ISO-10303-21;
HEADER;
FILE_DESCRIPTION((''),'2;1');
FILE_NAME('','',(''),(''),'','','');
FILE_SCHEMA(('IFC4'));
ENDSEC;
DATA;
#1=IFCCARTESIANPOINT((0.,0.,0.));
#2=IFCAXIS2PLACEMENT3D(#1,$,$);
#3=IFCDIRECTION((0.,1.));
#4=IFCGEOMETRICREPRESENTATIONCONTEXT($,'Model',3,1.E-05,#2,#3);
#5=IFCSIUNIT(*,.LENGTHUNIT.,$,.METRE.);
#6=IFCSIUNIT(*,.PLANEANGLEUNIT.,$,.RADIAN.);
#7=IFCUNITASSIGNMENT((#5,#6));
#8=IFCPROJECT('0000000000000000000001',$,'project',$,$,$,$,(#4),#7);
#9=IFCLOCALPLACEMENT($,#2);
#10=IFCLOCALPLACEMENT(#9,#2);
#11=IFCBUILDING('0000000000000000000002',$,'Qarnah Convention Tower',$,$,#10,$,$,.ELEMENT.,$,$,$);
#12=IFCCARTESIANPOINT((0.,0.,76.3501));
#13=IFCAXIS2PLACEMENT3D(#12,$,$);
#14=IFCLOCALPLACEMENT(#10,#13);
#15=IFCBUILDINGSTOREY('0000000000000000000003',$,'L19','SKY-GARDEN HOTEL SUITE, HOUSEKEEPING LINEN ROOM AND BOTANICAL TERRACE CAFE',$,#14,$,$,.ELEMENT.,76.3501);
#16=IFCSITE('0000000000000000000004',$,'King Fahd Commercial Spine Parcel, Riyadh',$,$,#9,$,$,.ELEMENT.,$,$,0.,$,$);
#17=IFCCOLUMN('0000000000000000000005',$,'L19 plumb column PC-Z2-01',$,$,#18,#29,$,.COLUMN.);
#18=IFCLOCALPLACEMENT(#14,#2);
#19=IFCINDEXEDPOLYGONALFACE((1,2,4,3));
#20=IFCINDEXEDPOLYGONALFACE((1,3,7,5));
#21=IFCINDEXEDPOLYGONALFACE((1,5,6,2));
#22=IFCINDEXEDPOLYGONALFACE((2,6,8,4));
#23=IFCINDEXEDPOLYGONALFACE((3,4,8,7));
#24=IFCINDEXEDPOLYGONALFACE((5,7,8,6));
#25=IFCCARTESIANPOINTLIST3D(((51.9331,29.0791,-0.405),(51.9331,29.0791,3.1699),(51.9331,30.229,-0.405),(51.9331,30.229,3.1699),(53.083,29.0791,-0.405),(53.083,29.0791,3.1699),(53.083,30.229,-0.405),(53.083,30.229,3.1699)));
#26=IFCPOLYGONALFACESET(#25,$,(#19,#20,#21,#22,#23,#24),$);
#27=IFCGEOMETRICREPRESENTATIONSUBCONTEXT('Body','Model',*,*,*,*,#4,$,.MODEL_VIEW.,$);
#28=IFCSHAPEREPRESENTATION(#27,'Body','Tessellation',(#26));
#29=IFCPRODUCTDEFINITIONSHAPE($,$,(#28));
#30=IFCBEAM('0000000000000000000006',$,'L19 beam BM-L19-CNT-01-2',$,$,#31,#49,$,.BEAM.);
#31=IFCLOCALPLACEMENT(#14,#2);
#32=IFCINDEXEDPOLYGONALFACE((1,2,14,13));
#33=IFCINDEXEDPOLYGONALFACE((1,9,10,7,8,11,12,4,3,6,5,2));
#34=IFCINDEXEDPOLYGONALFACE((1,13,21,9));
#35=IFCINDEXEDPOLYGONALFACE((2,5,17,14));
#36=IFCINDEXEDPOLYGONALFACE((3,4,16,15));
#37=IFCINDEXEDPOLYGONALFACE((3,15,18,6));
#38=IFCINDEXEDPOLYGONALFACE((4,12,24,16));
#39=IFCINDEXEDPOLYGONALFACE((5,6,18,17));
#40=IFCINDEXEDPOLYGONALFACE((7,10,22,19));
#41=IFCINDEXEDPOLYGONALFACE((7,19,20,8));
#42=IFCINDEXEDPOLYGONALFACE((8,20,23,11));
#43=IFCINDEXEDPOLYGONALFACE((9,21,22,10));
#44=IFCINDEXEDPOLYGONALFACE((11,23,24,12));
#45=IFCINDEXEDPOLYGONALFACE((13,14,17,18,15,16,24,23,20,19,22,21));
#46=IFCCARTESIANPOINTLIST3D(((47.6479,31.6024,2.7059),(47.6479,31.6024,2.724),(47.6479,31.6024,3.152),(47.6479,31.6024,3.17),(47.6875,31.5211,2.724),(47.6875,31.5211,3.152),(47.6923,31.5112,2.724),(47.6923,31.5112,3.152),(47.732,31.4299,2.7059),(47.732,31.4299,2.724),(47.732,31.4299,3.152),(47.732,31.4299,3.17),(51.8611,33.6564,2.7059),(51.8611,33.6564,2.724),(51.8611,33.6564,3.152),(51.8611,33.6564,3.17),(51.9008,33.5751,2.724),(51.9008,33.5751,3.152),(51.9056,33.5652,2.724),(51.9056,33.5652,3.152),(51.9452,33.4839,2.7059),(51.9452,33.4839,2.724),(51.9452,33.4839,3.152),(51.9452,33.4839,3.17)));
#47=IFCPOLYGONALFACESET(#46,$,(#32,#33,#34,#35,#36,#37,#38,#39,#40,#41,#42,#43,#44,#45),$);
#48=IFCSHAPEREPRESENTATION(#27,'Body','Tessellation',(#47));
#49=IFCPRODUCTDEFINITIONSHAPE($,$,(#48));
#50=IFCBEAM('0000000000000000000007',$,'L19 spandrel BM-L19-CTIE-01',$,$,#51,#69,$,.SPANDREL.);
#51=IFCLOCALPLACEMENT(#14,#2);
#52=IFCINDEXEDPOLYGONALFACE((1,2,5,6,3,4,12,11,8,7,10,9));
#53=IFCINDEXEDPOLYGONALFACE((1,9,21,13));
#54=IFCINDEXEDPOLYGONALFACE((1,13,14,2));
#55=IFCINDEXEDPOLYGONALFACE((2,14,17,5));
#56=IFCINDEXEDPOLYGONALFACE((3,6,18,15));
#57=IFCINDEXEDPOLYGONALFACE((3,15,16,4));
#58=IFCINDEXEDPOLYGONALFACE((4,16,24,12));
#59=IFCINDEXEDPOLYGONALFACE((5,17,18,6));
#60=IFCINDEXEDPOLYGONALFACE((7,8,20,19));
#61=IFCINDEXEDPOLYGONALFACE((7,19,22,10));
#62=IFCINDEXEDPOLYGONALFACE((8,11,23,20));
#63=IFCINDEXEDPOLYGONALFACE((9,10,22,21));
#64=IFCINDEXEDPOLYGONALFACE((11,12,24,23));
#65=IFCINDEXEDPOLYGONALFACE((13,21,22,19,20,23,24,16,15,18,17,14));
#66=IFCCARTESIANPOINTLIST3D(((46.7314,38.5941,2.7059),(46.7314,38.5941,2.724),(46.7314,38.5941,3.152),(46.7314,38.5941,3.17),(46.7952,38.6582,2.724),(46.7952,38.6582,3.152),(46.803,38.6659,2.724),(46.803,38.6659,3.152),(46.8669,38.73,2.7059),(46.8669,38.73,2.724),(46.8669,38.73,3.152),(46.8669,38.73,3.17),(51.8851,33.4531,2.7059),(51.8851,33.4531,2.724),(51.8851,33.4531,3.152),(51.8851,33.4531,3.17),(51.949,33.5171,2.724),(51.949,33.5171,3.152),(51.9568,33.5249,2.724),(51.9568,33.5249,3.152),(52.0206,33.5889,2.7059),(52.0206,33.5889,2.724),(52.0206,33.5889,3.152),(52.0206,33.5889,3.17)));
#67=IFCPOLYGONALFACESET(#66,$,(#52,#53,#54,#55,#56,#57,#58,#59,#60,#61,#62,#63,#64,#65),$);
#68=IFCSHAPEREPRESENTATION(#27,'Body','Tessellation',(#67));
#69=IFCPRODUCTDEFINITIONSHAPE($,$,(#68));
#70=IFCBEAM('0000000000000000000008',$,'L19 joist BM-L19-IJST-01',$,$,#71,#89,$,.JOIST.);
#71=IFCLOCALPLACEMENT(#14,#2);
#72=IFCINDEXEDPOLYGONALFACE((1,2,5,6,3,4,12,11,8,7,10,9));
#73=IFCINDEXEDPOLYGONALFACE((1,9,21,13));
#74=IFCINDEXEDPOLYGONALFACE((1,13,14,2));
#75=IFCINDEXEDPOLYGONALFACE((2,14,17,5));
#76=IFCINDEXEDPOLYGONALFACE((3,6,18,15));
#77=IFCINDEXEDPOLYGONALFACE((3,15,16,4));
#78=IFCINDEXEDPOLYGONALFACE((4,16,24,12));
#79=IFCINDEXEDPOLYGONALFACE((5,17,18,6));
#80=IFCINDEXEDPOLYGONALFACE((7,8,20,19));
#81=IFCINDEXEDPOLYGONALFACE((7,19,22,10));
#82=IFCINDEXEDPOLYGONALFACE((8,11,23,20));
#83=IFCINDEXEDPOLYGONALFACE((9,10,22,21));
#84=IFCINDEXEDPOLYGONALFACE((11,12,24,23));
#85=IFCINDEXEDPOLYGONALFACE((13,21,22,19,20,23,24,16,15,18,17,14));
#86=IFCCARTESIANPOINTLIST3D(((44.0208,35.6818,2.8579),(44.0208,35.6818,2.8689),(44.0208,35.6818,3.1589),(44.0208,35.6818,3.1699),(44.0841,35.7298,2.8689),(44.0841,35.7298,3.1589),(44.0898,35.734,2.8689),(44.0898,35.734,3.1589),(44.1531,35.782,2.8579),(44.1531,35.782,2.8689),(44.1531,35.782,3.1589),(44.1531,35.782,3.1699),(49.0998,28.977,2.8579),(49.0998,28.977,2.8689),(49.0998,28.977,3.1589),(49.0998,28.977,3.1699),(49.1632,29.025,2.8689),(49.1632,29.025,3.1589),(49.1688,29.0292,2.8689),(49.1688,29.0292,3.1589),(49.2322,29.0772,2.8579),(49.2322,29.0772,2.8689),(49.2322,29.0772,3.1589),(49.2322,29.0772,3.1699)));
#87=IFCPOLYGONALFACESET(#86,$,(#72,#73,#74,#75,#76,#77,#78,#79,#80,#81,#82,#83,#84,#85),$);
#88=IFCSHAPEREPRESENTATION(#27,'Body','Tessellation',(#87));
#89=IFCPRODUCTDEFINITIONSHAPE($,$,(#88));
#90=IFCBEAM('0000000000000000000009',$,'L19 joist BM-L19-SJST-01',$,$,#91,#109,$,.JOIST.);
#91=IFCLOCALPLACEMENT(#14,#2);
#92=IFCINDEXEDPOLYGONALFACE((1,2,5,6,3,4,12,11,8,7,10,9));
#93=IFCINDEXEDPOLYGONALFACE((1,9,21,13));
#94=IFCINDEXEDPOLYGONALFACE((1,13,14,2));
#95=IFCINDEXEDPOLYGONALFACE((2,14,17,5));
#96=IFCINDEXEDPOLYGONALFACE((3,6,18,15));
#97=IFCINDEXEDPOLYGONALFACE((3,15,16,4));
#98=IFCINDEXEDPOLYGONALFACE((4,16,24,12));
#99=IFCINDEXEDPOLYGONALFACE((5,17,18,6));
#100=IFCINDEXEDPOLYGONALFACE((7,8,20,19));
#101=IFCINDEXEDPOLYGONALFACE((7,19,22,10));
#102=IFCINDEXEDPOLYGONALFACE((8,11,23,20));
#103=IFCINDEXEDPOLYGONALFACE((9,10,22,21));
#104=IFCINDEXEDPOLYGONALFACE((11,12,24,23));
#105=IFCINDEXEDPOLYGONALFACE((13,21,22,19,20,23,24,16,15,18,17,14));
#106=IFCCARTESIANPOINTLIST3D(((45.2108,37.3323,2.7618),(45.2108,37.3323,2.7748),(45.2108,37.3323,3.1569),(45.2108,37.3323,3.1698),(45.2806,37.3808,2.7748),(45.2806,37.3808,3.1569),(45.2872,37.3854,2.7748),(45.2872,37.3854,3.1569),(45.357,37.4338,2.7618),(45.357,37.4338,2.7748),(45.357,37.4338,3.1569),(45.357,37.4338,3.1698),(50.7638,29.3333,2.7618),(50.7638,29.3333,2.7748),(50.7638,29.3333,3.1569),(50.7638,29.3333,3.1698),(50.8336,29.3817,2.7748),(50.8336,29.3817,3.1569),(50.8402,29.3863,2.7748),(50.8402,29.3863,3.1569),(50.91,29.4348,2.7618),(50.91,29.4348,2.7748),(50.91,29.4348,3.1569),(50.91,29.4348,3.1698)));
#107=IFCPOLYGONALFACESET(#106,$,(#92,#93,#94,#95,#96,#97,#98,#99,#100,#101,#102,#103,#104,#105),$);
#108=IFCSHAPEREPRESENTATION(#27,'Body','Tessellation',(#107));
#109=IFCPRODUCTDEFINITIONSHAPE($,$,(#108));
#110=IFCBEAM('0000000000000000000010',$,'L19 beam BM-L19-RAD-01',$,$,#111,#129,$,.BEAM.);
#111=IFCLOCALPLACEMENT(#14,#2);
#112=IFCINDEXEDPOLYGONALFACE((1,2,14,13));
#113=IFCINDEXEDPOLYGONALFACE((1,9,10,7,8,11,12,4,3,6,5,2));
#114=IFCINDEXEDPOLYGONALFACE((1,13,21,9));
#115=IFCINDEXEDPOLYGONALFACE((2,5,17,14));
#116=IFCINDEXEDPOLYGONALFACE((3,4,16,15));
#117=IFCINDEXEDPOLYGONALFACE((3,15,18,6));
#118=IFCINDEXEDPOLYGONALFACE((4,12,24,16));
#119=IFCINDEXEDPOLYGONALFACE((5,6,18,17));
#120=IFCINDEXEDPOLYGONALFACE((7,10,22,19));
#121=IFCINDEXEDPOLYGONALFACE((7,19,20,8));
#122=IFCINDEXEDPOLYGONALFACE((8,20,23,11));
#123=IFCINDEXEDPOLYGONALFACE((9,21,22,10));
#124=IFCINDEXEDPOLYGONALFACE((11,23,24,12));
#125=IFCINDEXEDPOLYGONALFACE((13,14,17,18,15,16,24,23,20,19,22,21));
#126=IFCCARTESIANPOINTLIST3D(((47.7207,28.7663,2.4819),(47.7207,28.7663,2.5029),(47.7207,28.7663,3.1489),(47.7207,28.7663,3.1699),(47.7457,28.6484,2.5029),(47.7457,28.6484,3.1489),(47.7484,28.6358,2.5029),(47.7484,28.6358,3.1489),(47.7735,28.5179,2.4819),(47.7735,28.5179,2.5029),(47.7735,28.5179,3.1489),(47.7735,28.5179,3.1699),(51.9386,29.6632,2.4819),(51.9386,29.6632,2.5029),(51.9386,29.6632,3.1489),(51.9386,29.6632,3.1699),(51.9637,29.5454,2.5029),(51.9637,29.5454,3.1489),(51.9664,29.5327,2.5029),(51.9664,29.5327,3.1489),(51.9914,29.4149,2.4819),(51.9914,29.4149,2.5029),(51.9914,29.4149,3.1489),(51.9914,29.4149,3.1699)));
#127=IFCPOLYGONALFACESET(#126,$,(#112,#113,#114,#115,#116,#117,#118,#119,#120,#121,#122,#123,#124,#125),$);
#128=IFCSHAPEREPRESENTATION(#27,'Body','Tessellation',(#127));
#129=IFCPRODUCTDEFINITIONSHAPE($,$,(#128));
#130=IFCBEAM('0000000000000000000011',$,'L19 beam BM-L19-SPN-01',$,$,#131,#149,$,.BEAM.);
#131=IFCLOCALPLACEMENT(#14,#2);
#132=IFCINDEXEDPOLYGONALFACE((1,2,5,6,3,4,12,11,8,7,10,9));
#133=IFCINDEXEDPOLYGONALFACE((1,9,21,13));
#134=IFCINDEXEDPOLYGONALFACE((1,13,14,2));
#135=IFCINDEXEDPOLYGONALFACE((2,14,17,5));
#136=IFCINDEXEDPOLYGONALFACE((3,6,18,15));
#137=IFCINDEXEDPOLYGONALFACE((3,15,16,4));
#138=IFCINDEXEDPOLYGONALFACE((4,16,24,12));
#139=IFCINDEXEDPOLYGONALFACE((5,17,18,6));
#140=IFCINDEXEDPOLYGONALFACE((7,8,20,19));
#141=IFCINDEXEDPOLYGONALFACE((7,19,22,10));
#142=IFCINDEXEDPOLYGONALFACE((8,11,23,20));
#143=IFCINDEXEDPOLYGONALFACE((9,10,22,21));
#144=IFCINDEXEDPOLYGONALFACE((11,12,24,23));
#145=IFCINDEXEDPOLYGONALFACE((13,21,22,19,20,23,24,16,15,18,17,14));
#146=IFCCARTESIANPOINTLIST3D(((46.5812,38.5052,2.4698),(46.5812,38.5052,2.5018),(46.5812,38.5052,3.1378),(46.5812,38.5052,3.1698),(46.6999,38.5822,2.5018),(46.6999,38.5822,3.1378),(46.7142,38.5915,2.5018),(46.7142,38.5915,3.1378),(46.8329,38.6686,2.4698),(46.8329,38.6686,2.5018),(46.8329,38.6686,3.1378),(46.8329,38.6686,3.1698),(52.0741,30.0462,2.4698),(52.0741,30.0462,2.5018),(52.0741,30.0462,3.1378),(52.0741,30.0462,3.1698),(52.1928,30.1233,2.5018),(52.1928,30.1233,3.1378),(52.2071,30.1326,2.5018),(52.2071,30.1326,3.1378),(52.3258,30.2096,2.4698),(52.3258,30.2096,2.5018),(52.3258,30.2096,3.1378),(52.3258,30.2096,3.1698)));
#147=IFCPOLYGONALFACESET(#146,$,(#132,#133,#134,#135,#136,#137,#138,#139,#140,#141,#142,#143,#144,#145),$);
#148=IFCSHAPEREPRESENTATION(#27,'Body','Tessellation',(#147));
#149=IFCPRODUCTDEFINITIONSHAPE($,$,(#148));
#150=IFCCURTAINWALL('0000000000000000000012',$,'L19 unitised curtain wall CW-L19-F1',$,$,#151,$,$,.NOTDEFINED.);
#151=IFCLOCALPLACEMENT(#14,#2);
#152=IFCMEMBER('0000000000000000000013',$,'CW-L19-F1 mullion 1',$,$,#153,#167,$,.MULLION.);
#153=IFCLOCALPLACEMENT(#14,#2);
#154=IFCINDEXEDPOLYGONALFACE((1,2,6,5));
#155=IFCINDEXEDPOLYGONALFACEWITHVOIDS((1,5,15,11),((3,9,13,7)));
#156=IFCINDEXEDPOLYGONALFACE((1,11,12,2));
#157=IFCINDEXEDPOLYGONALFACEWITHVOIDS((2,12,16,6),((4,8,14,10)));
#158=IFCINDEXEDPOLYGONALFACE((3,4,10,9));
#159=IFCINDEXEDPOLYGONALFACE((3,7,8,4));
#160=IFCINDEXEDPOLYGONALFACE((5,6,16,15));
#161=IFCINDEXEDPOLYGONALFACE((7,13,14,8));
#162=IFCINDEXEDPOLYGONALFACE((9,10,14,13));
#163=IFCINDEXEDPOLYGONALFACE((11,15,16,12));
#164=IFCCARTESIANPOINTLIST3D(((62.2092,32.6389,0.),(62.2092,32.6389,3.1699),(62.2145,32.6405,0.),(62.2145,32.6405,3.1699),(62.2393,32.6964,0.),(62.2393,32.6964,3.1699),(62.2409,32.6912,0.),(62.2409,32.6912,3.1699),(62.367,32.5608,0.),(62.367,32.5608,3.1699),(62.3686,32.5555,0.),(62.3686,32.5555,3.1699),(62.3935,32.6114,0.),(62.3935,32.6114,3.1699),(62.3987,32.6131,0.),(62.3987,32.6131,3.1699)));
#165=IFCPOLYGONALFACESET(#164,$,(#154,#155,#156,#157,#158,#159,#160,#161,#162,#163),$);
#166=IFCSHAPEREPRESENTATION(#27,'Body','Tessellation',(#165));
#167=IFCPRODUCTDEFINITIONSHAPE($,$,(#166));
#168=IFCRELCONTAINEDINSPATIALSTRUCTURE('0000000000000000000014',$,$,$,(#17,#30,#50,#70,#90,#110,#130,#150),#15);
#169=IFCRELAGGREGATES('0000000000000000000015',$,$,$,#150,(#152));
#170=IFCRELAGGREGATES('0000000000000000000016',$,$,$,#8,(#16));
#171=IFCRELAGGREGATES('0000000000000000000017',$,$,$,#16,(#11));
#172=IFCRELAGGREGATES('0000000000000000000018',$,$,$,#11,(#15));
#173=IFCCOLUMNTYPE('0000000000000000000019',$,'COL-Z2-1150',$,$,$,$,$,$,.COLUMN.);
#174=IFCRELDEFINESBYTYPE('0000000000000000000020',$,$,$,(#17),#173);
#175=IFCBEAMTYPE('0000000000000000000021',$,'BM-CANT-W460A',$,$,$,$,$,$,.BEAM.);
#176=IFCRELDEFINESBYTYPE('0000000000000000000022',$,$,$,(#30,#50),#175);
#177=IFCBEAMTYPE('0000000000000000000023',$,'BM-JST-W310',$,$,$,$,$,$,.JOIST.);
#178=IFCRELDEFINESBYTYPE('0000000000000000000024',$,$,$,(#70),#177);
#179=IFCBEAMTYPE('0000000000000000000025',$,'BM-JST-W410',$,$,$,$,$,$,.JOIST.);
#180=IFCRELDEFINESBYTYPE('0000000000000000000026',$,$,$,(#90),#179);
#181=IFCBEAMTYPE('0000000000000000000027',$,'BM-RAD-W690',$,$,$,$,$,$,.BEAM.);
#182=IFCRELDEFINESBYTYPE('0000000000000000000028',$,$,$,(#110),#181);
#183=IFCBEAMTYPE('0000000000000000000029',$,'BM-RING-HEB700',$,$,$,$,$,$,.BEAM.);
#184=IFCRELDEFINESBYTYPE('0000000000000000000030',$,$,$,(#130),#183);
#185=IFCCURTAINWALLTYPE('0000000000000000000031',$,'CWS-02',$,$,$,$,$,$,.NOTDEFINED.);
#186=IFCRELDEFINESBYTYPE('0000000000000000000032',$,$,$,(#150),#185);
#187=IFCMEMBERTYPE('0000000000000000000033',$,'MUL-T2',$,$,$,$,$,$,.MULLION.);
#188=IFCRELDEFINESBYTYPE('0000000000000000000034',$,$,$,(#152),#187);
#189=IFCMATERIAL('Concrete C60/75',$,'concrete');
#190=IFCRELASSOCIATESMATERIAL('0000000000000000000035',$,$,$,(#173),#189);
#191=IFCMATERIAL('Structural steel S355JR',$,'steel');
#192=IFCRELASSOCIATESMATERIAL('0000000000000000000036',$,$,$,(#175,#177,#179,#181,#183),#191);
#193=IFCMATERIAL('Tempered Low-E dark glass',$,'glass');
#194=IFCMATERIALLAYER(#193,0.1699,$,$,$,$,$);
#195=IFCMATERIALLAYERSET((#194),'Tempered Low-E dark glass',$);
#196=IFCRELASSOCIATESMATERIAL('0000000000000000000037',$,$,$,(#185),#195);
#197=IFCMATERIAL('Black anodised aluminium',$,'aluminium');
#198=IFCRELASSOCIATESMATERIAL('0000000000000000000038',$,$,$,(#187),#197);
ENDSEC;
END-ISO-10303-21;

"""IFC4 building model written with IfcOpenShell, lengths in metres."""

from ifc_helpers import new_model, si_unit, direction, frame, origin, origin_2d, place, context, subcontext, project, spatial, rectangle, hollow_rectangle, i_section, extrude, material, layer, layer_set, material_profile, profile_set, type_object, element, aggregate, save


model = new_model("IFC4")

# Units and contexts
model_context = context("Model", 3, precision=1e-05, world=origin(), true_north=direction((0.0, 1.0)))
body_context = subcontext(model_context, "Body", "Model", "MODEL_VIEW")
ifc_project = project(units=[si_unit("LENGTHUNIT", "METRE"), si_unit("PLANEANGLEUNIT", "RADIAN")], contexts=[model_context])

# Site, building, storey
site_placement = place(None, origin())
site = spatial("IfcSite", under=ifc_project, at=site_placement, Name="King Fahd Commercial Spine Parcel, Riyadh", CompositionType="ELEMENT", RefElevation=0.0)
building_placement = place(site_placement, origin())
building = spatial("IfcBuilding", under=site, at=building_placement, Name="Qarnah Convention Tower", CompositionType="ELEMENT")
storey_placement = place(building_placement, frame((0.0, 0.0, 76.3501)))
storey = spatial("IfcBuildingStorey", under=building, at=storey_placement, Name="L19", Description="SKY-GARDEN HOTEL SUITE, HOUSEKEEPING LINEN ROOM AND BOTANICAL TERRACE CAFE", CompositionType="ELEMENT", Elevation=76.3501)

# Column
ifc_material_1 = material(Name="Concrete C60/75", Category="concrete")
ifc_material_profile_1 = material_profile(ifc_material_1, rectangle(XDim=1.1499, YDim=1.1499, at=origin_2d()), Name="RC-COL-1150X1150")
ifc_profile_set_1 = profile_set([ifc_material_profile_1], Name="Concrete C60/75")
column_type = type_object("IfcColumnType", Name="COL-Z2-1150", PredefinedType="COLUMN", material=ifc_profile_set_1)
column_placement = place(storey_placement, frame((52.5081, 29.6541, -0.405), z_axis=(0.0, 0.0, 1.0), x_axis=(1.0, 0.0, 0.0)))
element("IfcColumn", 1, at=column_placement, inside=storey, type_object=column_type, Name="L19 plumb column PC-Z2-01", PredefinedType="COLUMN", context=body_context, shape_type="SweptSolid", body=[
    extrude(rectangle(XDim=1.1499, YDim=1.1499, at=origin_2d()), origin(), (0.0, 0.0, 1.0), 3.575),
])

# Beams
ifc_material_2 = material(Name="Structural steel S355JR", Category="steel")
ifc_material_profile_2 = material_profile(ifc_material_2, i_section(OverallWidth=0.1919, OverallDepth=0.4641, WebThickness=0.011, FlangeThickness=0.0181, at=origin_2d()), Name="W460X89")
ifc_profile_set_2 = profile_set([ifc_material_profile_2], Name="Structural steel S355JR")
beam_type_1 = type_object("IfcBeamType", Name="BM-CANT-W460A", PredefinedType="BEAM", material=ifc_profile_set_2)
beam_1_placement = place(storey_placement, frame((47.6899, 31.5161, 2.938), z_axis=(0.898872, 0.438211, 0.0), x_axis=(-0.438211, 0.898872, 0.0)))
element("IfcBeam", 2, at=beam_1_placement, inside=storey, type_object=beam_type_1, Name="L19 beam BM-L19-CNT-01-2", PredefinedType="BEAM", context=body_context, shape_type="SweptSolid", body=[
    extrude(i_section(OverallWidth=0.1919, OverallDepth=0.4641, WebThickness=0.011, FlangeThickness=0.0181, at=origin_2d()), origin(), (0.0, 0.0, 1.0), 4.6873),
])
beam_2_placement = place(storey_placement, frame((51.9529, 33.521, 2.938), z_axis=(-0.707978, 0.706234, 0.0), x_axis=(-0.706234, -0.707978, 0.0)))
element("IfcBeam", 3, at=beam_2_placement, inside=storey, type_object=beam_type_1, Name="L19 spandrel BM-L19-CTIE-01", PredefinedType="SPANDREL", context=body_context, shape_type="SweptSolid", body=[
    extrude(i_section(OverallWidth=0.1919, OverallDepth=0.4641, WebThickness=0.011, FlangeThickness=0.0181, at=origin_2d()), origin(), (0.0, 0.0, 1.0), 7.2795),
])
ifc_material_profile_3 = material_profile(ifc_material_2, i_section(OverallWidth=0.166, OverallDepth=0.312, WebThickness=0.0071, FlangeThickness=0.011, at=origin_2d()), Name="W310X45")
ifc_profile_set_3 = profile_set([ifc_material_profile_3], Name="Structural steel S355JR")
beam_type_2 = type_object("IfcBeamType", Name="BM-JST-W310", PredefinedType="JOIST", material=ifc_profile_set_3)
beam_3_placement = place(storey_placement, frame((49.166, 29.0271, 3.0139), z_axis=(-0.603834, 0.79711, 0.0), x_axis=(-0.79711, -0.603834, 0.0)))
element("IfcBeam", 4, at=beam_3_placement, inside=storey, type_object=beam_type_2, Name="L19 joist BM-L19-IJST-01", PredefinedType="JOIST", context=body_context, shape_type="SweptSolid", body=[
    extrude(i_section(OverallWidth=0.166, OverallDepth=0.312, WebThickness=0.0071, FlangeThickness=0.011, at=origin_2d()), origin(), (0.0, 0.0, 1.0), 8.4114),
])
ifc_material_profile_4 = material_profile(ifc_material_2, i_section(OverallWidth=0.178, OverallDepth=0.408, WebThickness=0.0081, FlangeThickness=0.0129, at=origin_2d()), Name="W410X60")
ifc_profile_set_4 = profile_set([ifc_material_profile_4], Name="Structural steel S355JR")
beam_type_3 = type_object("IfcBeamType", Name="BM-JST-W410", PredefinedType="JOIST", material=ifc_profile_set_4)
beam_4_placement = place(storey_placement, frame((50.8369, 29.384, 2.9658), z_axis=(-0.570264, 0.821461, 0.0), x_axis=(-0.821461, -0.570264, 0.0)))
element("IfcBeam", 5, at=beam_4_placement, inside=storey, type_object=beam_type_3, Name="L19 joist BM-L19-SJST-01", PredefinedType="JOIST", context=body_context, shape_type="SweptSolid", body=[
    extrude(i_section(OverallWidth=0.178, OverallDepth=0.408, WebThickness=0.0081, FlangeThickness=0.0129, at=origin_2d()), origin(), (0.0, 0.0, 1.0), 9.7375),
])
ifc_material_profile_5 = material_profile(ifc_material_2, i_section(OverallWidth=0.2539, OverallDepth=0.688, WebThickness=0.0129, FlangeThickness=0.021, at=origin_2d()), Name="W690X152")
ifc_profile_set_5 = profile_set([ifc_material_profile_5], Name="Structural steel S355JR")
beam_type_4 = type_object("IfcBeamType", Name="BM-RAD-W690", PredefinedType="BEAM", material=ifc_profile_set_5)
beam_5_placement = place(storey_placement, frame((47.7471, 28.6421, 2.8259), z_axis=(0.978128, 0.208002, 0.0), x_axis=(-0.208002, 0.978128, 0.0)))
element("IfcBeam", 6, at=beam_5_placement, inside=storey, type_object=beam_type_4, Name="L19 beam BM-L19-RAD-01", PredefinedType="BEAM", context=body_context, shape_type="SweptSolid", body=[
    extrude(i_section(OverallWidth=0.2539, OverallDepth=0.688, WebThickness=0.0129, FlangeThickness=0.021, at=origin_2d()), origin(), (0.0, 0.0, 1.0), 4.3123),
])
ifc_material_profile_6 = material_profile(ifc_material_2, i_section(OverallWidth=0.3, OverallDepth=0.7, WebThickness=0.0171, FlangeThickness=0.032, at=origin_2d()), Name="HEB700")
ifc_profile_set_6 = profile_set([ifc_material_profile_6], Name="Structural steel S355JR")
beam_type_5 = type_object("IfcBeamType", Name="BM-RING-HEB700", PredefinedType="BEAM", material=ifc_profile_set_6)
beam_6_placement = place(storey_placement, frame((52.2, 30.1279, 2.8198), z_axis=(-0.544611, 0.838689, 0.0), x_axis=(-0.838689, -0.544611, 0.0)))
element("IfcBeam", 7, at=beam_6_placement, inside=storey, type_object=beam_type_5, Name="L19 beam BM-L19-SPN-01", PredefinedType="BEAM", context=body_context, shape_type="SweptSolid", body=[
    extrude(i_section(OverallWidth=0.3, OverallDepth=0.7, WebThickness=0.0171, FlangeThickness=0.032, at=origin_2d()), origin(), (0.0, 0.0, 1.0), 10.0859),
])

# Curtain wall, member
ifc_material_3 = material(Name="Tempered Low-E dark glass", Category="glass")
ifc_layer_1 = layer(ifc_material_3, 0.1699)
ifc_layer_set_1 = layer_set([ifc_layer_1], Name="Tempered Low-E dark glass")
curtain_wall_type = type_object("IfcCurtainWallType", Name="CWS-02", PredefinedType="NOTDEFINED", material=ifc_layer_set_1)
curtain_wall_1_placement = place(storey_placement, origin())
curtain_wall_1 = element("IfcCurtainWall", 8, at=curtain_wall_1_placement, inside=storey, type_object=curtain_wall_type, Name="L19 unitised curtain wall CW-L19-F1", PredefinedType="NOTDEFINED")
ifc_material_4 = material(Name="Black anodised aluminium", Category="aluminium")
ifc_material_profile_7 = material_profile(ifc_material_4, hollow_rectangle(XDim=0.0649, YDim=0.1799, WallThickness=0.0039, at=origin_2d()), Name="MUL-65X180")
ifc_profile_set_7 = profile_set([ifc_material_profile_7], Name="Black anodised aluminium")
member_type_1 = type_object("IfcMemberType", Name="MUL-T2", PredefinedType="MULLION", material=ifc_profile_set_7)
member_1_placement = place(storey_placement, frame((62.304, 32.626, 0.0), z_axis=(0.0, 0.0, 1.0), x_axis=(-0.463306, -0.886199, 0.0)))
member_1 = element("IfcMember", 9, at=member_1_placement, type_object=member_type_1, Name="CW-L19-F1 mullion 1", PredefinedType="MULLION", context=body_context, shape_type="SweptSolid", body=[
    extrude(hollow_rectangle(XDim=0.0649, YDim=0.1799, WallThickness=0.0039, at=origin_2d()), origin(), (0.0, 0.0, 1.0), 3.1699),
])

aggregate(curtain_wall_1, [member_1])

save(model, "model.ifc")
